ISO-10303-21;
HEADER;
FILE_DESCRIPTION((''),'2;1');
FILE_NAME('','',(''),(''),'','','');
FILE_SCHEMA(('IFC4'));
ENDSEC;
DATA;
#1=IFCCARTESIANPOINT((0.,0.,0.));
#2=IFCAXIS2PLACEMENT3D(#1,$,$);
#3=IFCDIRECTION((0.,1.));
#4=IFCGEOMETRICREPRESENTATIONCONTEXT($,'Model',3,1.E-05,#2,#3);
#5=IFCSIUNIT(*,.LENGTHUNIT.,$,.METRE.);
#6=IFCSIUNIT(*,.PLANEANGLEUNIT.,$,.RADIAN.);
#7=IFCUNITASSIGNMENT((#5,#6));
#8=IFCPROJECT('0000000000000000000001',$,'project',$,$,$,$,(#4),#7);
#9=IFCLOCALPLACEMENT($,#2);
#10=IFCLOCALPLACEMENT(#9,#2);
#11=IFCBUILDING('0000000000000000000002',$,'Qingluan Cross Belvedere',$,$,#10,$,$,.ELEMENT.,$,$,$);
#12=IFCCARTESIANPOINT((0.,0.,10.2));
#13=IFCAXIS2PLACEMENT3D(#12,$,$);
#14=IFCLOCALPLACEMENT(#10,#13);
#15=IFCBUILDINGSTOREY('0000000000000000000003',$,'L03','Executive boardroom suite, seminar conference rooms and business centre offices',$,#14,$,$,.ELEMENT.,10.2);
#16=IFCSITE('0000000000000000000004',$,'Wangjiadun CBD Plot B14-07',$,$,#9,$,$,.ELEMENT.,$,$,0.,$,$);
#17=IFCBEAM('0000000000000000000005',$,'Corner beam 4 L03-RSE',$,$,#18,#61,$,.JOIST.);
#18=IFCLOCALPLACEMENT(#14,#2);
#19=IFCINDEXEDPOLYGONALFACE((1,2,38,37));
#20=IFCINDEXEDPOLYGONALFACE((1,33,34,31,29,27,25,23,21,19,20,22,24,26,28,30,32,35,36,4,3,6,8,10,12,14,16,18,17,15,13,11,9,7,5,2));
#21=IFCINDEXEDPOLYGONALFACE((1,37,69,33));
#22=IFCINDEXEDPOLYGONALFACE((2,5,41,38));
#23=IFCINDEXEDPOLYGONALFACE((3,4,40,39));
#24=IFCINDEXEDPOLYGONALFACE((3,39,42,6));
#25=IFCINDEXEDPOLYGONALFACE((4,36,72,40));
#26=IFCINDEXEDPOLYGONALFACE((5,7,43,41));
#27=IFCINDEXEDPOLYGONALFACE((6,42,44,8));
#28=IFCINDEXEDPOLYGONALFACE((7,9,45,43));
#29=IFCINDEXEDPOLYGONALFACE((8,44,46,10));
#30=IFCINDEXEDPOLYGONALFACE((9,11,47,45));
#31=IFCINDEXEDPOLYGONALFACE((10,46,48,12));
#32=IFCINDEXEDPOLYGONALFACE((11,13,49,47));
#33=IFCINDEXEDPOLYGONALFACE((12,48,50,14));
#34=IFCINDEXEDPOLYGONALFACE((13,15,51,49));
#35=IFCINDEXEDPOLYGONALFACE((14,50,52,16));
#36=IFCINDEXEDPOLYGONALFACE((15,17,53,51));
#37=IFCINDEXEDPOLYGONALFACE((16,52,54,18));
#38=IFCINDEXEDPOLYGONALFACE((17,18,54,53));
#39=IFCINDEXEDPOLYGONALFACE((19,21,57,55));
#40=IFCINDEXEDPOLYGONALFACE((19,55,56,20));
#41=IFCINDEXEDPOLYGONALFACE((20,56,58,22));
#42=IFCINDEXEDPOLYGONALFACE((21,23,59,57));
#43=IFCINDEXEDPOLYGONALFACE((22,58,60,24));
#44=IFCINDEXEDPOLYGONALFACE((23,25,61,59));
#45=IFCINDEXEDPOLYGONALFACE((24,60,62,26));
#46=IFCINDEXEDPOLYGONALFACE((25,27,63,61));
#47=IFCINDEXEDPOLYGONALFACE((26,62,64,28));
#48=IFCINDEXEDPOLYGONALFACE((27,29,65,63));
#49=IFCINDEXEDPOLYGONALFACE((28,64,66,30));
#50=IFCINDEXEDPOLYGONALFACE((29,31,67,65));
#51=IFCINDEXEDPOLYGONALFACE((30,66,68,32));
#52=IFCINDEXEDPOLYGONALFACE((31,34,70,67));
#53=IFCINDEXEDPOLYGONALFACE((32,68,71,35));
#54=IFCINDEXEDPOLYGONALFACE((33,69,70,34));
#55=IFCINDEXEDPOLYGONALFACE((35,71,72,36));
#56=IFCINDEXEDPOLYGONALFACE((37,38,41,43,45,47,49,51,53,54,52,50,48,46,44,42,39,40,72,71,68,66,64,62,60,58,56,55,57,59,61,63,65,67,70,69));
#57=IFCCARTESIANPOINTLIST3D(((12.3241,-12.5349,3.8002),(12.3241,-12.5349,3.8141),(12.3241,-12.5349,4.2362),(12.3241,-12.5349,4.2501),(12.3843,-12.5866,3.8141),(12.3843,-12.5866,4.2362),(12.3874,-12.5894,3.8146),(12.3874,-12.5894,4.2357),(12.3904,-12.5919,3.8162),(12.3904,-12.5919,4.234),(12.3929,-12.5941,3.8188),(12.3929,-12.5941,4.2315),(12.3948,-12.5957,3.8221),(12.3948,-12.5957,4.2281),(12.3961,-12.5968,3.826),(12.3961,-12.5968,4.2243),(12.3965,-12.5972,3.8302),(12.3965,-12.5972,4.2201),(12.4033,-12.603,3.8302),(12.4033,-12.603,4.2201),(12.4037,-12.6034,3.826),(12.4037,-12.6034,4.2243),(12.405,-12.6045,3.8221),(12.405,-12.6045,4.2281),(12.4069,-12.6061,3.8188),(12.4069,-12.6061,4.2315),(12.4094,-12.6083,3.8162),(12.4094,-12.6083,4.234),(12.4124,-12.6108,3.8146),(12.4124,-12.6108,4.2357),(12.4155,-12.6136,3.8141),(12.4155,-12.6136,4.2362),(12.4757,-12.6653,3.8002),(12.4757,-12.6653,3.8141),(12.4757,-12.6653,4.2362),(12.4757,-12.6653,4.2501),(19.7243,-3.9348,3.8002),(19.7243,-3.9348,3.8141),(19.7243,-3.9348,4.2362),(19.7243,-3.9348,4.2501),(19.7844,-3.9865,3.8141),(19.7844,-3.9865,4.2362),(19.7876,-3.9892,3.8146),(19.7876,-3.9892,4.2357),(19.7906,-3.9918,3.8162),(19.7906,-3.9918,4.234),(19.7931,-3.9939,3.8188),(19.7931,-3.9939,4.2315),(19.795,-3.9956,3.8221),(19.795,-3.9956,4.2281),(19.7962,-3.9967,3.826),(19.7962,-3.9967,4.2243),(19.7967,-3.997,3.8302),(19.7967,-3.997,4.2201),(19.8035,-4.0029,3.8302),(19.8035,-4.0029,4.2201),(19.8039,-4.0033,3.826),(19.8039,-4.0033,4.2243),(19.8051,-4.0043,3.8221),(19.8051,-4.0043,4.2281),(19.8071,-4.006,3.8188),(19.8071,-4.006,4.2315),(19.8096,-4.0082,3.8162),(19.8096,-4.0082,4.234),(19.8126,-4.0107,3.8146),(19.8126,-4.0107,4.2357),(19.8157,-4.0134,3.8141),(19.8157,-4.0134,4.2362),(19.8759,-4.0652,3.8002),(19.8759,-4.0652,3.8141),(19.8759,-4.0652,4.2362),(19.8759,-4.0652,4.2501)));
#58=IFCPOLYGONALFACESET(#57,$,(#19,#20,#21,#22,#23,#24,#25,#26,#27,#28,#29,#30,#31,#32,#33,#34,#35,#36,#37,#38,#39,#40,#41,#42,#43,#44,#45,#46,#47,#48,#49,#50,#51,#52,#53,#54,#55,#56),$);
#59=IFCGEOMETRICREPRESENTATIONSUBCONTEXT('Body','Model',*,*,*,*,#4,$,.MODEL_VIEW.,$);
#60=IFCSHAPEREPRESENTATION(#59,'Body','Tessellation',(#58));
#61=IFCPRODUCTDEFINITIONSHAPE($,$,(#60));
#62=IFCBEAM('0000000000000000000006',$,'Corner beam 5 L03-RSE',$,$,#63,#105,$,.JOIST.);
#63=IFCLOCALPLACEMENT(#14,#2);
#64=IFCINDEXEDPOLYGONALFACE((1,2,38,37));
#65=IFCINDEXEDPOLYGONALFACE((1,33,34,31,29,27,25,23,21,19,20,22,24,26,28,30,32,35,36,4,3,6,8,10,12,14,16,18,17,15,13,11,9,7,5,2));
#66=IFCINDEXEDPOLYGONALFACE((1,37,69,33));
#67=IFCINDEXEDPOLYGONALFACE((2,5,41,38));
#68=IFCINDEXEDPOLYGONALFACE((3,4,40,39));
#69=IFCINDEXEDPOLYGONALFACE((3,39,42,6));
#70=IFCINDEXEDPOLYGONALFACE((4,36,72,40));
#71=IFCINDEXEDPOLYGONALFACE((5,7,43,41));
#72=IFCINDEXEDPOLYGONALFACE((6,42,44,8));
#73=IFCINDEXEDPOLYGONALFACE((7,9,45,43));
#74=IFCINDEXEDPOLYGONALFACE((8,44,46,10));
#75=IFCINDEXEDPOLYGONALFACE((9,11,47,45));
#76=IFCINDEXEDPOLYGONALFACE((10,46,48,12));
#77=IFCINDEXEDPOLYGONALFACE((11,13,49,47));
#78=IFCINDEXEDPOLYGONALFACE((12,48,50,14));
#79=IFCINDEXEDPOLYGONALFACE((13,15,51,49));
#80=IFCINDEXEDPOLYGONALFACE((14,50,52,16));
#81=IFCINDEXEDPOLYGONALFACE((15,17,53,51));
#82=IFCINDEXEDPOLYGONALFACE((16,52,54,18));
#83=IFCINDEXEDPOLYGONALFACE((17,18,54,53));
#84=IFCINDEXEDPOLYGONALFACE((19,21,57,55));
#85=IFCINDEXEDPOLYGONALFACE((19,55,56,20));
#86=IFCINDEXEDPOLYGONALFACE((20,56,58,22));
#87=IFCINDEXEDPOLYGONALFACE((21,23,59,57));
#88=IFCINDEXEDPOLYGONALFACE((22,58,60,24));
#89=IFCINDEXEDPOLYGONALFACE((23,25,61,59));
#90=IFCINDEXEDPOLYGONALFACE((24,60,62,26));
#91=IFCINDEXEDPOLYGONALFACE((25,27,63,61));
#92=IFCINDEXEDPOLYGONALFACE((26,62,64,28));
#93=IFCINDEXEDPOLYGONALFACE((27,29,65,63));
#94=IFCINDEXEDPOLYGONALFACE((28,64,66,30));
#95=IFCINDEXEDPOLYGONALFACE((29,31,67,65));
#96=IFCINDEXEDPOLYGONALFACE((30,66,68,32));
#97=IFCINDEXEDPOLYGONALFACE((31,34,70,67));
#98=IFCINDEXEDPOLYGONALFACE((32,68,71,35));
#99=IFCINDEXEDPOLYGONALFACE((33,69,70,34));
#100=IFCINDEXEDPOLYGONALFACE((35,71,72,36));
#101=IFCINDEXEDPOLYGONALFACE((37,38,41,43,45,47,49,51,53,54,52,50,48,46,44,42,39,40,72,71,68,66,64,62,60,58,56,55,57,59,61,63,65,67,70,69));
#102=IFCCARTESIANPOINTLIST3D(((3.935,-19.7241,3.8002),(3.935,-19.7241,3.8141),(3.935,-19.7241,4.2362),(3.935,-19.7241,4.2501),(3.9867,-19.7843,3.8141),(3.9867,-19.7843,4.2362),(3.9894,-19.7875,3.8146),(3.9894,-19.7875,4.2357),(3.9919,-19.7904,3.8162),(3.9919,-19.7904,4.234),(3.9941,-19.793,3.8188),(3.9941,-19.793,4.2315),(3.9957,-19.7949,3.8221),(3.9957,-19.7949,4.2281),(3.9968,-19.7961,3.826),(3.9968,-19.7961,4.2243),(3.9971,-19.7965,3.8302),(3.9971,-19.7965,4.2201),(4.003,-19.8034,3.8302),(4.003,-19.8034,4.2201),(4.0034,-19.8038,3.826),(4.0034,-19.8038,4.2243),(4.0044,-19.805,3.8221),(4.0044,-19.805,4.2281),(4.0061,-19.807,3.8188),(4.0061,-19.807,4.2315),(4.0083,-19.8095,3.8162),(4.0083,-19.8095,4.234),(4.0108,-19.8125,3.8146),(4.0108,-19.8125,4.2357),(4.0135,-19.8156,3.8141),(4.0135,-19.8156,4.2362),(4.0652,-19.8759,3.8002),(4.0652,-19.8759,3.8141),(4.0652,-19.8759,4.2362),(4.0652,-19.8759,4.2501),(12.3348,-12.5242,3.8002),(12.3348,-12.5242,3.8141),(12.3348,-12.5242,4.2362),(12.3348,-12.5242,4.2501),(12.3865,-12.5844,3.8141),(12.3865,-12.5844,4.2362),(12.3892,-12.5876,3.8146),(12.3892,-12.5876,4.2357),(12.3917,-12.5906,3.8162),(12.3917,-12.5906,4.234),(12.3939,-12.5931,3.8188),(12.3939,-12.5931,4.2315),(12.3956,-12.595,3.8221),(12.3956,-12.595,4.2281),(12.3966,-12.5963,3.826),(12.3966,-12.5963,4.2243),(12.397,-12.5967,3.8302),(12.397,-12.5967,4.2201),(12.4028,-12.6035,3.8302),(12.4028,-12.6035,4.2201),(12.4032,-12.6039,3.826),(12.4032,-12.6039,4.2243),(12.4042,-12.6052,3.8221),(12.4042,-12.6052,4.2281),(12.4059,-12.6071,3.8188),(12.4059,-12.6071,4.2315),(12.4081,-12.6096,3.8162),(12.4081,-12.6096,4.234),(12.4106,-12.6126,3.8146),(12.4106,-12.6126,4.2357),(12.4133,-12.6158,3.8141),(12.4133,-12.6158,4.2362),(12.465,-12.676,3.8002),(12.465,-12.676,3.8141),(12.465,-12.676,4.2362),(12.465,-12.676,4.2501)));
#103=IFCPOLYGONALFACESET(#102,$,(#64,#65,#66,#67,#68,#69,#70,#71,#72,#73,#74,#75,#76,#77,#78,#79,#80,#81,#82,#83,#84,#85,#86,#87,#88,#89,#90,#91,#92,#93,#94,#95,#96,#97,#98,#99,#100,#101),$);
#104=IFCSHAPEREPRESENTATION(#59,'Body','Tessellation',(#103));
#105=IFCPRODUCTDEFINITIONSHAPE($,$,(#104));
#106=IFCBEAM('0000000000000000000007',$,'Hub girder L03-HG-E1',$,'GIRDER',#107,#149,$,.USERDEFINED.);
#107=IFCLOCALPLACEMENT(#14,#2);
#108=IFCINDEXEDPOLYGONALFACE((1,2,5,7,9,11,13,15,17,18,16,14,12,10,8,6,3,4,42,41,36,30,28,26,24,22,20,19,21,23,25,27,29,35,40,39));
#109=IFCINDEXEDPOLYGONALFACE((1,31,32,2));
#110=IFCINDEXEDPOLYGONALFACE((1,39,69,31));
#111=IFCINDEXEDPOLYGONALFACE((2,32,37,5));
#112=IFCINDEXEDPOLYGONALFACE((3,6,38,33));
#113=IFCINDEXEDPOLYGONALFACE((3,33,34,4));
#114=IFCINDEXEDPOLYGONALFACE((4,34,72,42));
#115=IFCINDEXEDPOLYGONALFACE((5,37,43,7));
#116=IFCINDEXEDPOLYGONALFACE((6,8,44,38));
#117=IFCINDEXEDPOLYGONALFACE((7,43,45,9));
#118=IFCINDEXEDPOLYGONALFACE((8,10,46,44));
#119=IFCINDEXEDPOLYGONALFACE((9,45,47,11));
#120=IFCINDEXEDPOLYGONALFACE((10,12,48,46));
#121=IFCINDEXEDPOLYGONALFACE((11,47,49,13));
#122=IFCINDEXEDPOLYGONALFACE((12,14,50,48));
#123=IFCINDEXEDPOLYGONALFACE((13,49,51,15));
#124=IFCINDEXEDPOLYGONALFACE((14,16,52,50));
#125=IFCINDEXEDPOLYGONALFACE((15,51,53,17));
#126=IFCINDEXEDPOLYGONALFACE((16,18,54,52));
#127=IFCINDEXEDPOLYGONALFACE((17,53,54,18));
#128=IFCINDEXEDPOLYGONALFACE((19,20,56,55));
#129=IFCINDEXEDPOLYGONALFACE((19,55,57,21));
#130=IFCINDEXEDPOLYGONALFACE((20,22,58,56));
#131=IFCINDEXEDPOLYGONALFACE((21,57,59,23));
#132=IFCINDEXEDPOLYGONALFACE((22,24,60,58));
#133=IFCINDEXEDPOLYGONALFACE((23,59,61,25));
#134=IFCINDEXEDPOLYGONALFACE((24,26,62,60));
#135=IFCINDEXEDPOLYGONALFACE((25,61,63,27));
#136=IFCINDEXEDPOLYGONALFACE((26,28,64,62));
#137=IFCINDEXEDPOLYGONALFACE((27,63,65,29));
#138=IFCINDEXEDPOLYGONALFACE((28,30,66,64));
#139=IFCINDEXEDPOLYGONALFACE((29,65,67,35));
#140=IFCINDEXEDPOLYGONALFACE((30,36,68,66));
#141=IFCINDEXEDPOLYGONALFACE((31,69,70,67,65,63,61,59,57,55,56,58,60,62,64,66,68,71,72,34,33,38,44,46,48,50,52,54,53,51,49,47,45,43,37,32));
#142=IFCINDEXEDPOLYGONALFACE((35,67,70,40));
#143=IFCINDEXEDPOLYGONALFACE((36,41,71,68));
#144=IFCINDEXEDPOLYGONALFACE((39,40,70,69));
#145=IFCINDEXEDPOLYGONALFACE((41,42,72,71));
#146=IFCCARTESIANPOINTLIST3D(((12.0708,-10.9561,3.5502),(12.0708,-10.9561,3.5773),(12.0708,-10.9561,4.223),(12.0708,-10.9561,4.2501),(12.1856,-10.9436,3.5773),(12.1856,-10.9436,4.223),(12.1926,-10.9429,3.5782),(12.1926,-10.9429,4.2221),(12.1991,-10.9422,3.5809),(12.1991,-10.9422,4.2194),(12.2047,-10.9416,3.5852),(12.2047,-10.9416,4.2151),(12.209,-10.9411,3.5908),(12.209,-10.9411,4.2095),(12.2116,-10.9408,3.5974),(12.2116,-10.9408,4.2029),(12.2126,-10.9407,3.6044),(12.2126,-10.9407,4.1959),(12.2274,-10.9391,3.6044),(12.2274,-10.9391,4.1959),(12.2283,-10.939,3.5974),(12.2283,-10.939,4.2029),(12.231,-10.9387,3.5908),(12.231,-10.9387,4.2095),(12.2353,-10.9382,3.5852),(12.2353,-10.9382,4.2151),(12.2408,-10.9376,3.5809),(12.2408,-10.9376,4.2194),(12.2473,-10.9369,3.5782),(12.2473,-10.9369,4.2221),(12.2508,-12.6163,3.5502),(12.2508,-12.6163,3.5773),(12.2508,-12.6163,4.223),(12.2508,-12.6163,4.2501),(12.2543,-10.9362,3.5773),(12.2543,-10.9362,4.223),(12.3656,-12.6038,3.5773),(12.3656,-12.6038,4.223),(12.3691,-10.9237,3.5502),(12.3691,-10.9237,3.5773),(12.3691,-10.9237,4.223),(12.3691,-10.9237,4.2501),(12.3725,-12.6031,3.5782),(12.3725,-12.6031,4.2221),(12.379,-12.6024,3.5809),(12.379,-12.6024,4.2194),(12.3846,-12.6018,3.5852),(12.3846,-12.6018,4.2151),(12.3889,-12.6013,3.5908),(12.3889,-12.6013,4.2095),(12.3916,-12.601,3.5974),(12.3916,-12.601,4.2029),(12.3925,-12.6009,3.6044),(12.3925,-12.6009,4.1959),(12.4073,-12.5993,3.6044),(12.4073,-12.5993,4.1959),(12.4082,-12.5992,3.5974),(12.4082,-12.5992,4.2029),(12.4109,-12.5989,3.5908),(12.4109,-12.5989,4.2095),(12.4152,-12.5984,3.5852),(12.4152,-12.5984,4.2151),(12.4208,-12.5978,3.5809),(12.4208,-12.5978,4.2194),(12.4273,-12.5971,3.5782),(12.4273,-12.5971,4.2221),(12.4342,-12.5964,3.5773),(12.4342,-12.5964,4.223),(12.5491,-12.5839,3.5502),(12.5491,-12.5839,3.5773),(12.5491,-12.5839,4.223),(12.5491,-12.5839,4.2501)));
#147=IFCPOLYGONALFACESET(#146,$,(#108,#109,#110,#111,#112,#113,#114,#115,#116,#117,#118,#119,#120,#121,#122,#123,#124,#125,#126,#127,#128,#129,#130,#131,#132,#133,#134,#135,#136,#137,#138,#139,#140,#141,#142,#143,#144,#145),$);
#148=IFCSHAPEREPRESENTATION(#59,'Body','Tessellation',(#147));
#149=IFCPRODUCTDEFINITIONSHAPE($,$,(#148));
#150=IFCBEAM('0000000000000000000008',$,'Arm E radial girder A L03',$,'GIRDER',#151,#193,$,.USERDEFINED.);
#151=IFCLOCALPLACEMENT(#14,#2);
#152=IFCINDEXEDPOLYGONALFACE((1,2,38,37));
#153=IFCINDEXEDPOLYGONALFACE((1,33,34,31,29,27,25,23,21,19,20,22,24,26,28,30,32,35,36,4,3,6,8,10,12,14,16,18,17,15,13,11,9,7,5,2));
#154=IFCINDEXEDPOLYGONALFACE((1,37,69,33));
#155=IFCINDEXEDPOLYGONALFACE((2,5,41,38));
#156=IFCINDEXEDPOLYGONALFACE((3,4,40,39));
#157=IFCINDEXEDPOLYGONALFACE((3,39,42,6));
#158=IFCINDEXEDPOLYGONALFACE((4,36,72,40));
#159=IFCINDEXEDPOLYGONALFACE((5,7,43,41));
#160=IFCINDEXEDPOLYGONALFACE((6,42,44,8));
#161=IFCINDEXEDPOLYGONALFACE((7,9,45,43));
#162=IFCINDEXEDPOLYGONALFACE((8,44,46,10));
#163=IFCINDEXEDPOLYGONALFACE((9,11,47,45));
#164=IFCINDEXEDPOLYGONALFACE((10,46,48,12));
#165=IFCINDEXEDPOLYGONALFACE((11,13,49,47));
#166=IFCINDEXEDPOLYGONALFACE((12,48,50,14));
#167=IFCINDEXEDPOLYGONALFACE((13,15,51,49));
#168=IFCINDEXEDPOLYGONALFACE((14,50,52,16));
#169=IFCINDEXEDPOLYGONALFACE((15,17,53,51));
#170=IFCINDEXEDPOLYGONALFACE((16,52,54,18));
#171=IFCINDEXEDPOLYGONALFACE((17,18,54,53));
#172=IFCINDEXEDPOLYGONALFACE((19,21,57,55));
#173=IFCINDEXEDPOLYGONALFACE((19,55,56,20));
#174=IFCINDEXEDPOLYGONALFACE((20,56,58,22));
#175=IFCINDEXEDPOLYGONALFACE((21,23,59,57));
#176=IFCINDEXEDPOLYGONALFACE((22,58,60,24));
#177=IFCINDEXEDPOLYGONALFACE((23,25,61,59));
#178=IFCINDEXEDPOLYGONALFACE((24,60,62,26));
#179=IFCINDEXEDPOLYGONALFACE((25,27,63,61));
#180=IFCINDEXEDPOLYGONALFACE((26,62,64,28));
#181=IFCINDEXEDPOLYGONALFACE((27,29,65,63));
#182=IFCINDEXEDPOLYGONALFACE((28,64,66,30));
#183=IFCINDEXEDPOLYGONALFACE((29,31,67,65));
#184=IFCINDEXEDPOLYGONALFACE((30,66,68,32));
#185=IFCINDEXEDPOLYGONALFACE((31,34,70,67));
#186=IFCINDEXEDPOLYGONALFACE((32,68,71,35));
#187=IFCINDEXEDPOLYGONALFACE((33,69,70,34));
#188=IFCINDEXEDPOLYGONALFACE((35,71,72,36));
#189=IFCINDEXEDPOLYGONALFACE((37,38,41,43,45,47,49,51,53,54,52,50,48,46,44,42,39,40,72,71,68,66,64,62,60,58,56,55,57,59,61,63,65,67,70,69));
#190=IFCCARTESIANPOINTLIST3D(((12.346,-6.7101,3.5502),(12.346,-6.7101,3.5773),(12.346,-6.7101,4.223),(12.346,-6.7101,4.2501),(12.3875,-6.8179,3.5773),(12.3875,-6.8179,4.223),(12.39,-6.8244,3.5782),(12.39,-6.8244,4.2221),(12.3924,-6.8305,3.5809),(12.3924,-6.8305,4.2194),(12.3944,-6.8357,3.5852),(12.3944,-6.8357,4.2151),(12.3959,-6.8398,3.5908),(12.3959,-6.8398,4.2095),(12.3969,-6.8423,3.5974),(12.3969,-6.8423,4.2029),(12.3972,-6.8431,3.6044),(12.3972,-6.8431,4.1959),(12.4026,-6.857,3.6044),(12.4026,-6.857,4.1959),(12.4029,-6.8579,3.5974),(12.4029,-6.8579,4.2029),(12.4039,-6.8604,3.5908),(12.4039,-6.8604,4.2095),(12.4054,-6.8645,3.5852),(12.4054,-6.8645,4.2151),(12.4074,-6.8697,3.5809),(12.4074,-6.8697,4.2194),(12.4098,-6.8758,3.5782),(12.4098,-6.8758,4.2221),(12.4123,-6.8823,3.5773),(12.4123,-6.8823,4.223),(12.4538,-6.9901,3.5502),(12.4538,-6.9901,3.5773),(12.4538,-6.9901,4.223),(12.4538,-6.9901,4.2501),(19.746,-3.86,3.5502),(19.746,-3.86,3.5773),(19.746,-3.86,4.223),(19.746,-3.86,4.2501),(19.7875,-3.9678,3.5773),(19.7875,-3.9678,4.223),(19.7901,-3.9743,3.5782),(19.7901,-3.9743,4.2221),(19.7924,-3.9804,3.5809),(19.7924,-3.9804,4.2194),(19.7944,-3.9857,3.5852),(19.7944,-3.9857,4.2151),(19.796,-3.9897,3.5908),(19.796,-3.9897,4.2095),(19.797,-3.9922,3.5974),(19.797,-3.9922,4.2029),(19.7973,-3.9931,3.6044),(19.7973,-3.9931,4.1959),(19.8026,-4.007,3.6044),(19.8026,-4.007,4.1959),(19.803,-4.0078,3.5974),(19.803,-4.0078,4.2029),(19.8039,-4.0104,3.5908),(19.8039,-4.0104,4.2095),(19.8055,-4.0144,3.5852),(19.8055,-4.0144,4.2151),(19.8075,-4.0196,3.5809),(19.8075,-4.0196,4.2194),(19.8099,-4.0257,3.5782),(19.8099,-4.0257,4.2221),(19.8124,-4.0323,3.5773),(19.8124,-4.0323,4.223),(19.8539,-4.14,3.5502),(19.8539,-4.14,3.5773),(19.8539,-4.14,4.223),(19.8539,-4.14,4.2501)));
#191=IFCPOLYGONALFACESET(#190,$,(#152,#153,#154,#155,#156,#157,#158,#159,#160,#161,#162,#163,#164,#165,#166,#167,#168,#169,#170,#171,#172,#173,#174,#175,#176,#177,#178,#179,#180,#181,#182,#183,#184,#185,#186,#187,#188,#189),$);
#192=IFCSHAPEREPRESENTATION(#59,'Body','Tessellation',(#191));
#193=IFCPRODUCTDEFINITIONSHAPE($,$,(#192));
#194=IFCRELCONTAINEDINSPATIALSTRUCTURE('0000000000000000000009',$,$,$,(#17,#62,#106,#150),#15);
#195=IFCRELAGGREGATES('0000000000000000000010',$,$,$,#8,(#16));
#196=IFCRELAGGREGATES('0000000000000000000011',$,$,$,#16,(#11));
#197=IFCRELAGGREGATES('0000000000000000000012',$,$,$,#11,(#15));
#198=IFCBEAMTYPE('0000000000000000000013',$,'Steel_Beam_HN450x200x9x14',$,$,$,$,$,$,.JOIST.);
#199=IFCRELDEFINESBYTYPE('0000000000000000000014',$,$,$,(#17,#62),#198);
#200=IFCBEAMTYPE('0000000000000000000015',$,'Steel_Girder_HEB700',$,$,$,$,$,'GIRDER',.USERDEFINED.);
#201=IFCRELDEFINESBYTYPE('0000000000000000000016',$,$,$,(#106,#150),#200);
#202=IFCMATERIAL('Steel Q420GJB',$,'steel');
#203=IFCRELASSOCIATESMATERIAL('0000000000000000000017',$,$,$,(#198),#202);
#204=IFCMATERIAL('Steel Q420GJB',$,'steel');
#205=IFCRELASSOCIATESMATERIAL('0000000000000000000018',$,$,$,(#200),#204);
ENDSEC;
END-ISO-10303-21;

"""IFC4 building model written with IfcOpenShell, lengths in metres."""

from ifc_helpers import new_model, si_unit, direction, frame, origin, origin_2d, place, context, subcontext, project, spatial, i_section, extrude, material, material_profile, profile_set, type_object, element, save


model = new_model("IFC4")

# Units and contexts
model_context = context("Model", 3, precision=1e-05, world=origin(), true_north=direction((0.0, 1.0)))
body_context = subcontext(model_context, "Body", "Model", "MODEL_VIEW")
ifc_project = project(units=[si_unit("LENGTHUNIT", "METRE"), si_unit("PLANEANGLEUNIT", "RADIAN")], contexts=[model_context])

# Site, building, storey
site_placement = place(None, origin())
site = spatial("IfcSite", under=ifc_project, at=site_placement, Name="Wangjiadun CBD Plot B14-07", CompositionType="ELEMENT", RefElevation=0.0)
building_placement = place(site_placement, origin())
building = spatial("IfcBuilding", under=site, at=building_placement, Name="Qingluan Cross Belvedere", CompositionType="ELEMENT")
storey_placement = place(building_placement, frame((0.0, 0.0, 10.2)))
storey = spatial("IfcBuildingStorey", under=building, at=storey_placement, Name="L03", Description="Executive boardroom suite, seminar conference rooms and business centre offices", CompositionType="ELEMENT", Elevation=10.2)

# Beams
ifc_material_1 = material(Name="Steel Q420GJB", Category="steel")
ifc_material_profile_1 = material_profile(ifc_material_1, i_section(OverallWidth=0.2, OverallDepth=0.45, WebThickness=0.009, FlangeThickness=0.0139, FilletRadius=0.0161, at=origin_2d()), Name="HN450x200x9x14")
ifc_profile_set_1 = profile_set([ifc_material_profile_1], Name="Steel Q420GJB")
beam_type_1 = type_object("IfcBeamType", Name="Steel_Beam_HN450x200x9x14", PredefinedType="JOIST", material=ifc_profile_set_1)
beam_1_placement = place(storey_placement, frame((12.3999, -12.6001, 4.0251), z_axis=(0.652245, 0.758008, 0.0), x_axis=(-0.758008, 0.652245, 0.0)))
element("IfcBeam", 1, at=beam_1_placement, inside=storey, type_object=beam_type_1, Name="Corner beam 4 L03-RSE", PredefinedType="JOIST", context=body_context, shape_type="SweptSolid", body=[
    extrude(i_section(OverallWidth=0.2, OverallDepth=0.45, WebThickness=0.009, FlangeThickness=0.0139, FilletRadius=0.0161, at=origin_2d()), origin(), (0.0, 0.0, 1.0), 11.3457),
])
beam_2_placement = place(storey_placement, frame((12.3999, -12.6001, 4.0251), z_axis=(-0.759255, -0.650793, 0.0), x_axis=(0.650793, -0.759255, 0.0)))
element("IfcBeam", 2, at=beam_2_placement, inside=storey, type_object=beam_type_1, Name="Corner beam 5 L03-RSE", PredefinedType="JOIST", context=body_context, shape_type="SweptSolid", body=[
    extrude(i_section(OverallWidth=0.2, OverallDepth=0.45, WebThickness=0.009, FlangeThickness=0.0139, FilletRadius=0.0161, at=origin_2d()), origin(), (0.0, 0.0, 1.0), 11.0632),
])
ifc_material_2 = material(Name="Steel Q420GJB", Category="steel")
ifc_material_profile_2 = material_profile(ifc_material_2, i_section(OverallWidth=0.3, OverallDepth=0.7, WebThickness=0.0149, FlangeThickness=0.0271, FilletRadius=0.0271, at=origin_2d()), Name="HEB700")
ifc_profile_set_2 = profile_set([ifc_material_profile_2], Name="Steel Q420GJB")
beam_type_2 = type_object("IfcBeamType", Name="Steel_Girder_HEB700", ElementType="GIRDER", PredefinedType="USERDEFINED", material=ifc_profile_set_2)
beam_3_placement = place(storey_placement, frame((12.3999, -12.6001, 3.9001), z_axis=(-0.107751, 0.994178, 0.0), x_axis=(-0.994178, -0.107751, 0.0)))
element("IfcBeam", 3, at=beam_3_placement, inside=storey, type_object=beam_type_2, Name="Hub girder L03-HG-E1", ObjectType="GIRDER", PredefinedType="USERDEFINED", context=body_context, shape_type="SweptSolid", body=[
    extrude(i_section(OverallWidth=0.3, OverallDepth=0.7, WebThickness=0.0149, FlangeThickness=0.0271, FilletRadius=0.0271, at=origin_2d()), origin(), (0.0, 0.0, 1.0), 1.6699),
])
beam_4_placement = place(storey_placement, frame((12.3999, -6.8501, 3.9001), z_axis=(0.933181, 0.359406, 0.0), x_axis=(-0.359406, 0.933181, 0.0)))
element("IfcBeam", 4, at=beam_4_placement, inside=storey, type_object=beam_type_2, Name="Arm E radial girder A L03", ObjectType="GIRDER", PredefinedType="USERDEFINED", context=body_context, shape_type="SweptSolid", body=[
    extrude(i_section(OverallWidth=0.3, OverallDepth=0.7, WebThickness=0.0149, FlangeThickness=0.0271, FilletRadius=0.0271, at=origin_2d()), origin(), (0.0, 0.0, 1.0), 7.9299),
])

save(model, "model.ifc")
